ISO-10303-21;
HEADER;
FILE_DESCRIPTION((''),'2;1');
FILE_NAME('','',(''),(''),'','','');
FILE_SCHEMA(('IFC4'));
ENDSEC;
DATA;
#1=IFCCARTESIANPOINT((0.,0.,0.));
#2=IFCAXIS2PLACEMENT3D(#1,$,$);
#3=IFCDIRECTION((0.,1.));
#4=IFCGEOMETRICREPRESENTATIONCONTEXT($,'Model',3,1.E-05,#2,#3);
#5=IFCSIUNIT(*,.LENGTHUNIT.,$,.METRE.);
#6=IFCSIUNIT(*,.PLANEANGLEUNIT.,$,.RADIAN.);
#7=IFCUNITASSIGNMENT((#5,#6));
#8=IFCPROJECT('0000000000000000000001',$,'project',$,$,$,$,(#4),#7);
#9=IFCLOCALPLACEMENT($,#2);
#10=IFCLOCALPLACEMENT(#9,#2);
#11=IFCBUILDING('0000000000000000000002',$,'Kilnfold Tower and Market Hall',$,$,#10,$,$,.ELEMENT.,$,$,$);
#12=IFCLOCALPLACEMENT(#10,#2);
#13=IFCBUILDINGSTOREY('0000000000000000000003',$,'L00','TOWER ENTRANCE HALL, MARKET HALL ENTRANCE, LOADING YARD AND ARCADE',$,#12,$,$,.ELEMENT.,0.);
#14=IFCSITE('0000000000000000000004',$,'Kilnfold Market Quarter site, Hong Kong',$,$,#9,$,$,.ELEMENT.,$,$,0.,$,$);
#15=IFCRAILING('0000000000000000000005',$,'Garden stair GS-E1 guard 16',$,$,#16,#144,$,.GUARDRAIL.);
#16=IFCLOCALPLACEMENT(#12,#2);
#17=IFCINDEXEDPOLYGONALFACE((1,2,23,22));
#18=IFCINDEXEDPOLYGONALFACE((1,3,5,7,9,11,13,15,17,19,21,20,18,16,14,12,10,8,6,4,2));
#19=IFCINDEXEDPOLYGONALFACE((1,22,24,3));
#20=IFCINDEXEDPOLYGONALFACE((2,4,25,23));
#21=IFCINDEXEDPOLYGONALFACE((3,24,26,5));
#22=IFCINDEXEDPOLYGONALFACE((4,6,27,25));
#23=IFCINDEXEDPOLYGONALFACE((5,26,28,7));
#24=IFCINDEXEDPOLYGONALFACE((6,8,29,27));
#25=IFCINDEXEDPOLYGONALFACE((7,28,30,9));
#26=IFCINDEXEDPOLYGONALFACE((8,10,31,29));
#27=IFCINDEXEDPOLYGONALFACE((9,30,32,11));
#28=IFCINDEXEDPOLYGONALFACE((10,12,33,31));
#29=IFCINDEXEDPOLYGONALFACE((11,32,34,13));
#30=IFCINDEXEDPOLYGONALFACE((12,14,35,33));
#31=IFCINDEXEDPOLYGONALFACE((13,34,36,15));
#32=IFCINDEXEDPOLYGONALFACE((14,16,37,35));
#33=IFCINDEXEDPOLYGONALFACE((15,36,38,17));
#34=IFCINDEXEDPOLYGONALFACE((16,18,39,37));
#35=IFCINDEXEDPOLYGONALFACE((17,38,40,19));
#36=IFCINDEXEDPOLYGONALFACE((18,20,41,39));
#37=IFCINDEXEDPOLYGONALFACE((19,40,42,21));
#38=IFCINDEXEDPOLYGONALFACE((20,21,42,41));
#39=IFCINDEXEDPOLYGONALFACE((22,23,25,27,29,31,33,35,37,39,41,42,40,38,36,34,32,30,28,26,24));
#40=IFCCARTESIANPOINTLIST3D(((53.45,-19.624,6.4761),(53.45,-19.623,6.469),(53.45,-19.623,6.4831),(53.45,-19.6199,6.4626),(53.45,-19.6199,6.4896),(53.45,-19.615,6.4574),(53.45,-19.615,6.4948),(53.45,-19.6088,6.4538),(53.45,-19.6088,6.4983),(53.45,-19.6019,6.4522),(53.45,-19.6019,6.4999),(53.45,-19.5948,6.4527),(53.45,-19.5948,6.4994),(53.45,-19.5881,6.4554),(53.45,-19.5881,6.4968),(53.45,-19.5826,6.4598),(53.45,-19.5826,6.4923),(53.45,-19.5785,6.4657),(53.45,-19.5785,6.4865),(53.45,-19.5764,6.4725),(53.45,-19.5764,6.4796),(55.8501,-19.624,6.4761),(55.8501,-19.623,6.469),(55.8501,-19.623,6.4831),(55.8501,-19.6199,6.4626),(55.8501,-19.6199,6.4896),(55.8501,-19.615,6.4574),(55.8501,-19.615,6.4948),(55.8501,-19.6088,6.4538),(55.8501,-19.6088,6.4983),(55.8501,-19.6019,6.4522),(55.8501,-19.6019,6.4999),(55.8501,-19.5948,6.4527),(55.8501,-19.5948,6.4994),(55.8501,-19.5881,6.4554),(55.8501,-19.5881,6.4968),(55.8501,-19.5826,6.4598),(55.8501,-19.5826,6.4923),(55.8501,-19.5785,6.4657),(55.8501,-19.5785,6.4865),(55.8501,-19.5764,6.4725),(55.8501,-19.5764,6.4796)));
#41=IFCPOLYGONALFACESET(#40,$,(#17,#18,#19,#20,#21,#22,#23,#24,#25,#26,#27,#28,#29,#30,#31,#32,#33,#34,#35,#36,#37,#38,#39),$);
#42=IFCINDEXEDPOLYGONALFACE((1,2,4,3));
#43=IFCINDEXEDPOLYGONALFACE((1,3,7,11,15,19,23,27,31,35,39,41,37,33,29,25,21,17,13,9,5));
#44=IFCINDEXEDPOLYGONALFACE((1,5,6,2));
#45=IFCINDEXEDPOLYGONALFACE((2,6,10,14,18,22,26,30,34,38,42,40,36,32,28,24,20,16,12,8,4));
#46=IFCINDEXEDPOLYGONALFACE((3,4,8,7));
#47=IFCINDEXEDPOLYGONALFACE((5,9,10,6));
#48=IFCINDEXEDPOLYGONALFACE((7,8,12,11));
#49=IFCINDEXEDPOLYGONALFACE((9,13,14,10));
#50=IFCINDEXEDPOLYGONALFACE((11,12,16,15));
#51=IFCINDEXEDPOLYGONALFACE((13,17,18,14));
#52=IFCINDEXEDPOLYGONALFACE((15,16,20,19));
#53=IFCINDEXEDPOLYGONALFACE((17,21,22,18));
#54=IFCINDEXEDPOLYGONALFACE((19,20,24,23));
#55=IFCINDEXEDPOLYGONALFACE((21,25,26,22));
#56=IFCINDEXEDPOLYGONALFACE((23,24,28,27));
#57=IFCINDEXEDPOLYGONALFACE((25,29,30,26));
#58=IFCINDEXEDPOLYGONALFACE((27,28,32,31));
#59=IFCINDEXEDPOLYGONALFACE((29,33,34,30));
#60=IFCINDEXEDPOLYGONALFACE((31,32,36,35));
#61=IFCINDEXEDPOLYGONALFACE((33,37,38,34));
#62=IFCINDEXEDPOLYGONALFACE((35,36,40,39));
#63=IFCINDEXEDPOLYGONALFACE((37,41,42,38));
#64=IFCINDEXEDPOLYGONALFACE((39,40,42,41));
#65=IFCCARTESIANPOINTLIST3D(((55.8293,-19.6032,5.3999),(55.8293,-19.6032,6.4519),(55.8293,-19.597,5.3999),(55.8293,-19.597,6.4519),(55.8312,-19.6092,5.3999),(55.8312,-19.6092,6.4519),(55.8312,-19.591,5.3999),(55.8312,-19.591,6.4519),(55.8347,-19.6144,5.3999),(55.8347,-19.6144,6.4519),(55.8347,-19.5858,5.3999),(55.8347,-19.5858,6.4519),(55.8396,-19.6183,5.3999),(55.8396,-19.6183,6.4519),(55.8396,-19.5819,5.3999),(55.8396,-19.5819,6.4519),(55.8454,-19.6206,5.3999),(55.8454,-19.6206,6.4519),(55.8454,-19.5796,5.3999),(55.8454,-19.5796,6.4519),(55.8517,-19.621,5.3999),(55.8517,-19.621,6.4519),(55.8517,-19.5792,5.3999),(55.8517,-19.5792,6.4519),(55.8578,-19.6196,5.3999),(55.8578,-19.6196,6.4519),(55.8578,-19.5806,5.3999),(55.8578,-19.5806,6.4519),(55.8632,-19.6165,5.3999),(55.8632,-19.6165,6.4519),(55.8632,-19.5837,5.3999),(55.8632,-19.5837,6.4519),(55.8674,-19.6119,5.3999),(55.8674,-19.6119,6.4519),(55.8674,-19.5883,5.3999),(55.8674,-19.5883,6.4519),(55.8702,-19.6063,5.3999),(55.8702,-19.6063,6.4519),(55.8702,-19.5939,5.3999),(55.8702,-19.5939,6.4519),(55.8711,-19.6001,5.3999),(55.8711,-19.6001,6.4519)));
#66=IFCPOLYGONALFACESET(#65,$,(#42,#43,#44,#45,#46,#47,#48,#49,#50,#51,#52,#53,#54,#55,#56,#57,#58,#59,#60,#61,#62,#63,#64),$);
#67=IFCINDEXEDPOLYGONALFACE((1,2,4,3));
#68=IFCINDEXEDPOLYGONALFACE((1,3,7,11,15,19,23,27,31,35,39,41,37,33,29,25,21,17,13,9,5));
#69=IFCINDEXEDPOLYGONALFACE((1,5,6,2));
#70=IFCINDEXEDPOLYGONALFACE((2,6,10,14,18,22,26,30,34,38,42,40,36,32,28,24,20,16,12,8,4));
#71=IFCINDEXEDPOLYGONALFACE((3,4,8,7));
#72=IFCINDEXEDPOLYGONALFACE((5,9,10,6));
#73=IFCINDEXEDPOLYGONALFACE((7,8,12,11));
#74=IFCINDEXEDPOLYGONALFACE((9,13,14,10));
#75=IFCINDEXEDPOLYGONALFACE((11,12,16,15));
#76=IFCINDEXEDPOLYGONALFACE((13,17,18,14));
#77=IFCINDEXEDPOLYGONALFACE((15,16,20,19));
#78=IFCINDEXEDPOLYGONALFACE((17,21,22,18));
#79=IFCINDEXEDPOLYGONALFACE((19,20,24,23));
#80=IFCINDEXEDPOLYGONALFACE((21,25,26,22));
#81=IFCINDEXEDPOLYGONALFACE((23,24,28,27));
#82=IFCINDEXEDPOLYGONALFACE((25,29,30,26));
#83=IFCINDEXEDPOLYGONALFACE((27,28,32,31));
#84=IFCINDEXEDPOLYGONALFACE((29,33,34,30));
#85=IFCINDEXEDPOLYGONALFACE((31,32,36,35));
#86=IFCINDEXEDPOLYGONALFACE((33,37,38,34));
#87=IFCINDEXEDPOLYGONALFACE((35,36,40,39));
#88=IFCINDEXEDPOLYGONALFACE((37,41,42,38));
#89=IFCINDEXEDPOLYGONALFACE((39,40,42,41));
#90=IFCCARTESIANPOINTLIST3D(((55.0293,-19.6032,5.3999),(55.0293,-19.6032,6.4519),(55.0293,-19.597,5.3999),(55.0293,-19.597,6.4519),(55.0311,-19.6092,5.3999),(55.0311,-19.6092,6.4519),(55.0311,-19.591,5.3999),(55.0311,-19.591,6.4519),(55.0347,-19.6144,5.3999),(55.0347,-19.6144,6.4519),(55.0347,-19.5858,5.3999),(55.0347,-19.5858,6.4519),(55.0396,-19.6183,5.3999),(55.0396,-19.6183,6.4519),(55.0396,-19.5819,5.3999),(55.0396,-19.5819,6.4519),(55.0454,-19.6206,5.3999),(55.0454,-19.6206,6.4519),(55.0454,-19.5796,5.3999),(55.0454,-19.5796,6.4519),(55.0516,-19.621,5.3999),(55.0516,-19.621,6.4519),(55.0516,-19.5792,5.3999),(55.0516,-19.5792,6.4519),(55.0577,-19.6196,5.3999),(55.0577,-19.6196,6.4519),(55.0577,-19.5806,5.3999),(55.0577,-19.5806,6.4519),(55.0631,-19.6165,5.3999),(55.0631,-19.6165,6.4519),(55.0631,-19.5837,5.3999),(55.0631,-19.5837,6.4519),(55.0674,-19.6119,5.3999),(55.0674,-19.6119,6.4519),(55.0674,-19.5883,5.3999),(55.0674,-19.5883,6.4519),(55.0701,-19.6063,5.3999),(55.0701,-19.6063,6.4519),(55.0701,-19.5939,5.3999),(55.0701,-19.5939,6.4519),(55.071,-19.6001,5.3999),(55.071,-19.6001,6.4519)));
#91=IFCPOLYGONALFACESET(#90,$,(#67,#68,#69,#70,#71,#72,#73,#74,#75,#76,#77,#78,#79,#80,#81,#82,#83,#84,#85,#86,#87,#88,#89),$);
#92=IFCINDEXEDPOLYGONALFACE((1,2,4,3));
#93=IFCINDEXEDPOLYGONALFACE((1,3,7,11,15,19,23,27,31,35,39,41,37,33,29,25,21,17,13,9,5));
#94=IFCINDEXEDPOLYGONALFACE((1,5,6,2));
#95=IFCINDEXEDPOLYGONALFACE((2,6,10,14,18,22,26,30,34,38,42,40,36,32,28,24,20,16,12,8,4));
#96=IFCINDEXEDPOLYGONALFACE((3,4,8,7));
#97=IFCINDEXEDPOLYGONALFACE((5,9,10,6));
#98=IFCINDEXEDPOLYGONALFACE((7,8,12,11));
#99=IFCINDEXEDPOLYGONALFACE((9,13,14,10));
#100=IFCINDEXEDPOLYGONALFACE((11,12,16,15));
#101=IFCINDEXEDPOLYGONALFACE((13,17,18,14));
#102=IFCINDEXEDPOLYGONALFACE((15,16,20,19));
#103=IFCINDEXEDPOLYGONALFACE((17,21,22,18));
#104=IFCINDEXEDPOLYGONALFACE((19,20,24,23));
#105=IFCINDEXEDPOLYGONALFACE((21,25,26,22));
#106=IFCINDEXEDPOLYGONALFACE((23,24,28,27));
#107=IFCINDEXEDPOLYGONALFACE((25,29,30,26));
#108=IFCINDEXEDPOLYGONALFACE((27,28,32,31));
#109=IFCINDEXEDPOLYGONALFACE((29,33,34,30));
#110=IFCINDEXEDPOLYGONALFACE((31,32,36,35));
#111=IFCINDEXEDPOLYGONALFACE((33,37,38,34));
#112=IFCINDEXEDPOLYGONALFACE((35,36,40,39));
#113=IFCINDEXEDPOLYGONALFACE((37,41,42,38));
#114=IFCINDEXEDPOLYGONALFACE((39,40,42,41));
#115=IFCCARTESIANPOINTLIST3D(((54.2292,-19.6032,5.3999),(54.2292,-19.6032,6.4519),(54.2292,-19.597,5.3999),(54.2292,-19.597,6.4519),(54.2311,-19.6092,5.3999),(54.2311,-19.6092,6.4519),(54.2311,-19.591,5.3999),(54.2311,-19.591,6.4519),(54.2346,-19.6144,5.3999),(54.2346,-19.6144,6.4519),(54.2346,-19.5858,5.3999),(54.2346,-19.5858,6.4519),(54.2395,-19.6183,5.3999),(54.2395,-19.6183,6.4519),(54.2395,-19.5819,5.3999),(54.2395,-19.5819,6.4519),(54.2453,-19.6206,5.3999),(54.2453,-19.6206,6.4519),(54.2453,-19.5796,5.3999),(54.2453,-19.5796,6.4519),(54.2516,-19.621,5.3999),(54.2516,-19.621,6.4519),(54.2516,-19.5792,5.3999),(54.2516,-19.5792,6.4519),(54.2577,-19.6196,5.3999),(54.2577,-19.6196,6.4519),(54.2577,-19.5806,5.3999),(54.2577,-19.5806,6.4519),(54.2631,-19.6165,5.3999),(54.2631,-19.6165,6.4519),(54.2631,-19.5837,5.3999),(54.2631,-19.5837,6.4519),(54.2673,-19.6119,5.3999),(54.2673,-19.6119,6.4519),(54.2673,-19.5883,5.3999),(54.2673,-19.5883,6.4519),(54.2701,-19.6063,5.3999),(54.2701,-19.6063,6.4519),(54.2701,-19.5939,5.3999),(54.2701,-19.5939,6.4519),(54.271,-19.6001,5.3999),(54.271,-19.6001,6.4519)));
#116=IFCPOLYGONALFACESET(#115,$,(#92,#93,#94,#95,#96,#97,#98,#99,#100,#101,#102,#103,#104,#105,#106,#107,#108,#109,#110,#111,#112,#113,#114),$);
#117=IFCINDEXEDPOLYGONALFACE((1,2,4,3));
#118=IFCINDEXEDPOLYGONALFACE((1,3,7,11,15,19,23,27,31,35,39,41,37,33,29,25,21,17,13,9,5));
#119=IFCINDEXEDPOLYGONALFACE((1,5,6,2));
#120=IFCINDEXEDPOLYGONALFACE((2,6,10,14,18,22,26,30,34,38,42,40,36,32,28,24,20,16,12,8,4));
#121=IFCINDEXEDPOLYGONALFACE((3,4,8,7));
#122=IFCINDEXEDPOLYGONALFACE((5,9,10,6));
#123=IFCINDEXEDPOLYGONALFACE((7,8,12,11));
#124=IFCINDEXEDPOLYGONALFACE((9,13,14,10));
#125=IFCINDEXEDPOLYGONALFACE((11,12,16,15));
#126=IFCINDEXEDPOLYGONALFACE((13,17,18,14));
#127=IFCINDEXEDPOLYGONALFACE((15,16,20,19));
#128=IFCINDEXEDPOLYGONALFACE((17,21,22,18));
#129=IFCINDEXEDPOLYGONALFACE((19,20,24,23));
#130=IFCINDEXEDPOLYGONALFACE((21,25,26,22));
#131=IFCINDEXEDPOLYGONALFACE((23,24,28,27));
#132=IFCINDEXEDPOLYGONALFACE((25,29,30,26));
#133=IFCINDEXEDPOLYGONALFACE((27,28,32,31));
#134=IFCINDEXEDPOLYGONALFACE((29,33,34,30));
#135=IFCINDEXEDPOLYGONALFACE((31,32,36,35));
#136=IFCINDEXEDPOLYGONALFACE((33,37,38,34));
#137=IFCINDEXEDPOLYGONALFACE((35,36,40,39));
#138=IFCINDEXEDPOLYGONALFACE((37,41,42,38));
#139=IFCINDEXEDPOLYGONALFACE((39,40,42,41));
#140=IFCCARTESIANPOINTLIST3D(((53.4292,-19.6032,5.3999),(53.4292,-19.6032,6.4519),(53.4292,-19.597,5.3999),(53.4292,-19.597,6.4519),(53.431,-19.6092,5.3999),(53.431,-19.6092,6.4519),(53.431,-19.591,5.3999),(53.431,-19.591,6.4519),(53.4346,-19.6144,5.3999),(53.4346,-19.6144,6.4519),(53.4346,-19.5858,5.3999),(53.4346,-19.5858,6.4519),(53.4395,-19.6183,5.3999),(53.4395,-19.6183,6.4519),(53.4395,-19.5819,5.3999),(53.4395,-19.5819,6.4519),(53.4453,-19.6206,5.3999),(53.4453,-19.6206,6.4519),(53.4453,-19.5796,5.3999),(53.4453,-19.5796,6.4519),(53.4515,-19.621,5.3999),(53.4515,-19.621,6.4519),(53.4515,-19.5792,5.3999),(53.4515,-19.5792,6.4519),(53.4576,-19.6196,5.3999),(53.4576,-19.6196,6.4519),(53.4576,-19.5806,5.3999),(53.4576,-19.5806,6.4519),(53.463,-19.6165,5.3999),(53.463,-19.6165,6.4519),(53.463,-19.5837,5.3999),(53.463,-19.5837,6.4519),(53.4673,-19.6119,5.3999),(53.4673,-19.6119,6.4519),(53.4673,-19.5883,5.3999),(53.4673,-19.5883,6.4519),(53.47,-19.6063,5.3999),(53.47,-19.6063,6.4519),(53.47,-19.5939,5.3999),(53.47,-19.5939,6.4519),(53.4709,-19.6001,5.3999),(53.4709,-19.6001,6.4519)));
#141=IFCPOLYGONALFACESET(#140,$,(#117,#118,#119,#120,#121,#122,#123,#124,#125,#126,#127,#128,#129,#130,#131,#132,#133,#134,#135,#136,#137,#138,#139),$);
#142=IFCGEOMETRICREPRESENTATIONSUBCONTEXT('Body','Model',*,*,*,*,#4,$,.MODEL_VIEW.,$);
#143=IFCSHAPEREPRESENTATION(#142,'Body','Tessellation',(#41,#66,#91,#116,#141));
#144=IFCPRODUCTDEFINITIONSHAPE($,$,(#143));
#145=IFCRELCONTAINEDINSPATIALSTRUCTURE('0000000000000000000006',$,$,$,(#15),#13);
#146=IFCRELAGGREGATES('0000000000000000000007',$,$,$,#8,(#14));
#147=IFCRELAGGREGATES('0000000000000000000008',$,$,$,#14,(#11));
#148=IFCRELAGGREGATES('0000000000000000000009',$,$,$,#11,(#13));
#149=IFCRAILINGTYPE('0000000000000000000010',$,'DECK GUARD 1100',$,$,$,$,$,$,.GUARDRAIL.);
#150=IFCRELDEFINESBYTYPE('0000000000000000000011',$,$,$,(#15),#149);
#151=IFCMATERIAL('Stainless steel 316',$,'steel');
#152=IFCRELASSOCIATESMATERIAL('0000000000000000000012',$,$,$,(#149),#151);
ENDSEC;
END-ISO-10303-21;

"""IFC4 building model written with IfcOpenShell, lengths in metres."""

from ifc_helpers import new_model, si_unit, direction, frame, origin, origin_2d, place, context, subcontext, project, spatial, circle, extrude, material, type_object, element, save


model = new_model("IFC4")

# Units and contexts
model_context = context("Model", 3, precision=1e-05, world=origin(), true_north=direction((0.0, 1.0)))
body_context = subcontext(model_context, "Body", "Model", "MODEL_VIEW")
ifc_project = project(units=[si_unit("LENGTHUNIT", "METRE"), si_unit("PLANEANGLEUNIT", "RADIAN")], contexts=[model_context])

# Site, building, storey
site_placement = place(None, origin())
site = spatial("IfcSite", under=ifc_project, at=site_placement, Name="Kilnfold Market Quarter site, Hong Kong", CompositionType="ELEMENT", RefElevation=0.0)
building_placement = place(site_placement, origin())
building = spatial("IfcBuilding", under=site, at=building_placement, Name="Kilnfold Tower and Market Hall", CompositionType="ELEMENT")
storey_placement = place(building_placement, origin())
storey = spatial("IfcBuildingStorey", under=building, at=storey_placement, Name="L00", Description="TOWER ENTRANCE HALL, MARKET HALL ENTRANCE, LOADING YARD AND ARCADE", CompositionType="ELEMENT", Elevation=0.0)

# Railing
ifc_material_1 = material(Name="Stainless steel 316", Category="steel")
railing_type_1 = type_object("IfcRailingType", Name="DECK GUARD 1100", PredefinedType="GUARDRAIL", material=ifc_material_1)
railing_1_placement = place(storey_placement, frame((55.8501, -19.6001, 5.3999)))
element("IfcRailing", 1, at=railing_1_placement, inside=storey, type_object=railing_type_1, Name="Garden stair GS-E1 guard 16", PredefinedType="GUARDRAIL", context=body_context, shape_type="SweptSolid", body=[
    extrude(circle(Radius=0.0239, at=origin_2d()), frame((0.0, 0.0, 1.0762), z_axis=(-1.0, 0.0, 0.0), x_axis=(0.0, -1.0, 0.0)), (0.0, 0.0, 1.0), 2.4001),
    extrude(circle(Radius=0.021, at=origin_2d()), origin(), (0.0, 0.0, 1.0), 1.052),
    extrude(circle(Radius=0.021, at=origin_2d()), frame((-0.8, 0.0, 0.0)), (0.0, 0.0, 1.0), 1.052),
    extrude(circle(Radius=0.021, at=origin_2d()), frame((-1.6001, 0.0, 0.0)), (0.0, 0.0, 1.0), 1.052),
    extrude(circle(Radius=0.021, at=origin_2d()), frame((-2.4001, 0.0, 0.0)), (0.0, 0.0, 1.0), 1.052),
])

save(model, "model.ifc")
